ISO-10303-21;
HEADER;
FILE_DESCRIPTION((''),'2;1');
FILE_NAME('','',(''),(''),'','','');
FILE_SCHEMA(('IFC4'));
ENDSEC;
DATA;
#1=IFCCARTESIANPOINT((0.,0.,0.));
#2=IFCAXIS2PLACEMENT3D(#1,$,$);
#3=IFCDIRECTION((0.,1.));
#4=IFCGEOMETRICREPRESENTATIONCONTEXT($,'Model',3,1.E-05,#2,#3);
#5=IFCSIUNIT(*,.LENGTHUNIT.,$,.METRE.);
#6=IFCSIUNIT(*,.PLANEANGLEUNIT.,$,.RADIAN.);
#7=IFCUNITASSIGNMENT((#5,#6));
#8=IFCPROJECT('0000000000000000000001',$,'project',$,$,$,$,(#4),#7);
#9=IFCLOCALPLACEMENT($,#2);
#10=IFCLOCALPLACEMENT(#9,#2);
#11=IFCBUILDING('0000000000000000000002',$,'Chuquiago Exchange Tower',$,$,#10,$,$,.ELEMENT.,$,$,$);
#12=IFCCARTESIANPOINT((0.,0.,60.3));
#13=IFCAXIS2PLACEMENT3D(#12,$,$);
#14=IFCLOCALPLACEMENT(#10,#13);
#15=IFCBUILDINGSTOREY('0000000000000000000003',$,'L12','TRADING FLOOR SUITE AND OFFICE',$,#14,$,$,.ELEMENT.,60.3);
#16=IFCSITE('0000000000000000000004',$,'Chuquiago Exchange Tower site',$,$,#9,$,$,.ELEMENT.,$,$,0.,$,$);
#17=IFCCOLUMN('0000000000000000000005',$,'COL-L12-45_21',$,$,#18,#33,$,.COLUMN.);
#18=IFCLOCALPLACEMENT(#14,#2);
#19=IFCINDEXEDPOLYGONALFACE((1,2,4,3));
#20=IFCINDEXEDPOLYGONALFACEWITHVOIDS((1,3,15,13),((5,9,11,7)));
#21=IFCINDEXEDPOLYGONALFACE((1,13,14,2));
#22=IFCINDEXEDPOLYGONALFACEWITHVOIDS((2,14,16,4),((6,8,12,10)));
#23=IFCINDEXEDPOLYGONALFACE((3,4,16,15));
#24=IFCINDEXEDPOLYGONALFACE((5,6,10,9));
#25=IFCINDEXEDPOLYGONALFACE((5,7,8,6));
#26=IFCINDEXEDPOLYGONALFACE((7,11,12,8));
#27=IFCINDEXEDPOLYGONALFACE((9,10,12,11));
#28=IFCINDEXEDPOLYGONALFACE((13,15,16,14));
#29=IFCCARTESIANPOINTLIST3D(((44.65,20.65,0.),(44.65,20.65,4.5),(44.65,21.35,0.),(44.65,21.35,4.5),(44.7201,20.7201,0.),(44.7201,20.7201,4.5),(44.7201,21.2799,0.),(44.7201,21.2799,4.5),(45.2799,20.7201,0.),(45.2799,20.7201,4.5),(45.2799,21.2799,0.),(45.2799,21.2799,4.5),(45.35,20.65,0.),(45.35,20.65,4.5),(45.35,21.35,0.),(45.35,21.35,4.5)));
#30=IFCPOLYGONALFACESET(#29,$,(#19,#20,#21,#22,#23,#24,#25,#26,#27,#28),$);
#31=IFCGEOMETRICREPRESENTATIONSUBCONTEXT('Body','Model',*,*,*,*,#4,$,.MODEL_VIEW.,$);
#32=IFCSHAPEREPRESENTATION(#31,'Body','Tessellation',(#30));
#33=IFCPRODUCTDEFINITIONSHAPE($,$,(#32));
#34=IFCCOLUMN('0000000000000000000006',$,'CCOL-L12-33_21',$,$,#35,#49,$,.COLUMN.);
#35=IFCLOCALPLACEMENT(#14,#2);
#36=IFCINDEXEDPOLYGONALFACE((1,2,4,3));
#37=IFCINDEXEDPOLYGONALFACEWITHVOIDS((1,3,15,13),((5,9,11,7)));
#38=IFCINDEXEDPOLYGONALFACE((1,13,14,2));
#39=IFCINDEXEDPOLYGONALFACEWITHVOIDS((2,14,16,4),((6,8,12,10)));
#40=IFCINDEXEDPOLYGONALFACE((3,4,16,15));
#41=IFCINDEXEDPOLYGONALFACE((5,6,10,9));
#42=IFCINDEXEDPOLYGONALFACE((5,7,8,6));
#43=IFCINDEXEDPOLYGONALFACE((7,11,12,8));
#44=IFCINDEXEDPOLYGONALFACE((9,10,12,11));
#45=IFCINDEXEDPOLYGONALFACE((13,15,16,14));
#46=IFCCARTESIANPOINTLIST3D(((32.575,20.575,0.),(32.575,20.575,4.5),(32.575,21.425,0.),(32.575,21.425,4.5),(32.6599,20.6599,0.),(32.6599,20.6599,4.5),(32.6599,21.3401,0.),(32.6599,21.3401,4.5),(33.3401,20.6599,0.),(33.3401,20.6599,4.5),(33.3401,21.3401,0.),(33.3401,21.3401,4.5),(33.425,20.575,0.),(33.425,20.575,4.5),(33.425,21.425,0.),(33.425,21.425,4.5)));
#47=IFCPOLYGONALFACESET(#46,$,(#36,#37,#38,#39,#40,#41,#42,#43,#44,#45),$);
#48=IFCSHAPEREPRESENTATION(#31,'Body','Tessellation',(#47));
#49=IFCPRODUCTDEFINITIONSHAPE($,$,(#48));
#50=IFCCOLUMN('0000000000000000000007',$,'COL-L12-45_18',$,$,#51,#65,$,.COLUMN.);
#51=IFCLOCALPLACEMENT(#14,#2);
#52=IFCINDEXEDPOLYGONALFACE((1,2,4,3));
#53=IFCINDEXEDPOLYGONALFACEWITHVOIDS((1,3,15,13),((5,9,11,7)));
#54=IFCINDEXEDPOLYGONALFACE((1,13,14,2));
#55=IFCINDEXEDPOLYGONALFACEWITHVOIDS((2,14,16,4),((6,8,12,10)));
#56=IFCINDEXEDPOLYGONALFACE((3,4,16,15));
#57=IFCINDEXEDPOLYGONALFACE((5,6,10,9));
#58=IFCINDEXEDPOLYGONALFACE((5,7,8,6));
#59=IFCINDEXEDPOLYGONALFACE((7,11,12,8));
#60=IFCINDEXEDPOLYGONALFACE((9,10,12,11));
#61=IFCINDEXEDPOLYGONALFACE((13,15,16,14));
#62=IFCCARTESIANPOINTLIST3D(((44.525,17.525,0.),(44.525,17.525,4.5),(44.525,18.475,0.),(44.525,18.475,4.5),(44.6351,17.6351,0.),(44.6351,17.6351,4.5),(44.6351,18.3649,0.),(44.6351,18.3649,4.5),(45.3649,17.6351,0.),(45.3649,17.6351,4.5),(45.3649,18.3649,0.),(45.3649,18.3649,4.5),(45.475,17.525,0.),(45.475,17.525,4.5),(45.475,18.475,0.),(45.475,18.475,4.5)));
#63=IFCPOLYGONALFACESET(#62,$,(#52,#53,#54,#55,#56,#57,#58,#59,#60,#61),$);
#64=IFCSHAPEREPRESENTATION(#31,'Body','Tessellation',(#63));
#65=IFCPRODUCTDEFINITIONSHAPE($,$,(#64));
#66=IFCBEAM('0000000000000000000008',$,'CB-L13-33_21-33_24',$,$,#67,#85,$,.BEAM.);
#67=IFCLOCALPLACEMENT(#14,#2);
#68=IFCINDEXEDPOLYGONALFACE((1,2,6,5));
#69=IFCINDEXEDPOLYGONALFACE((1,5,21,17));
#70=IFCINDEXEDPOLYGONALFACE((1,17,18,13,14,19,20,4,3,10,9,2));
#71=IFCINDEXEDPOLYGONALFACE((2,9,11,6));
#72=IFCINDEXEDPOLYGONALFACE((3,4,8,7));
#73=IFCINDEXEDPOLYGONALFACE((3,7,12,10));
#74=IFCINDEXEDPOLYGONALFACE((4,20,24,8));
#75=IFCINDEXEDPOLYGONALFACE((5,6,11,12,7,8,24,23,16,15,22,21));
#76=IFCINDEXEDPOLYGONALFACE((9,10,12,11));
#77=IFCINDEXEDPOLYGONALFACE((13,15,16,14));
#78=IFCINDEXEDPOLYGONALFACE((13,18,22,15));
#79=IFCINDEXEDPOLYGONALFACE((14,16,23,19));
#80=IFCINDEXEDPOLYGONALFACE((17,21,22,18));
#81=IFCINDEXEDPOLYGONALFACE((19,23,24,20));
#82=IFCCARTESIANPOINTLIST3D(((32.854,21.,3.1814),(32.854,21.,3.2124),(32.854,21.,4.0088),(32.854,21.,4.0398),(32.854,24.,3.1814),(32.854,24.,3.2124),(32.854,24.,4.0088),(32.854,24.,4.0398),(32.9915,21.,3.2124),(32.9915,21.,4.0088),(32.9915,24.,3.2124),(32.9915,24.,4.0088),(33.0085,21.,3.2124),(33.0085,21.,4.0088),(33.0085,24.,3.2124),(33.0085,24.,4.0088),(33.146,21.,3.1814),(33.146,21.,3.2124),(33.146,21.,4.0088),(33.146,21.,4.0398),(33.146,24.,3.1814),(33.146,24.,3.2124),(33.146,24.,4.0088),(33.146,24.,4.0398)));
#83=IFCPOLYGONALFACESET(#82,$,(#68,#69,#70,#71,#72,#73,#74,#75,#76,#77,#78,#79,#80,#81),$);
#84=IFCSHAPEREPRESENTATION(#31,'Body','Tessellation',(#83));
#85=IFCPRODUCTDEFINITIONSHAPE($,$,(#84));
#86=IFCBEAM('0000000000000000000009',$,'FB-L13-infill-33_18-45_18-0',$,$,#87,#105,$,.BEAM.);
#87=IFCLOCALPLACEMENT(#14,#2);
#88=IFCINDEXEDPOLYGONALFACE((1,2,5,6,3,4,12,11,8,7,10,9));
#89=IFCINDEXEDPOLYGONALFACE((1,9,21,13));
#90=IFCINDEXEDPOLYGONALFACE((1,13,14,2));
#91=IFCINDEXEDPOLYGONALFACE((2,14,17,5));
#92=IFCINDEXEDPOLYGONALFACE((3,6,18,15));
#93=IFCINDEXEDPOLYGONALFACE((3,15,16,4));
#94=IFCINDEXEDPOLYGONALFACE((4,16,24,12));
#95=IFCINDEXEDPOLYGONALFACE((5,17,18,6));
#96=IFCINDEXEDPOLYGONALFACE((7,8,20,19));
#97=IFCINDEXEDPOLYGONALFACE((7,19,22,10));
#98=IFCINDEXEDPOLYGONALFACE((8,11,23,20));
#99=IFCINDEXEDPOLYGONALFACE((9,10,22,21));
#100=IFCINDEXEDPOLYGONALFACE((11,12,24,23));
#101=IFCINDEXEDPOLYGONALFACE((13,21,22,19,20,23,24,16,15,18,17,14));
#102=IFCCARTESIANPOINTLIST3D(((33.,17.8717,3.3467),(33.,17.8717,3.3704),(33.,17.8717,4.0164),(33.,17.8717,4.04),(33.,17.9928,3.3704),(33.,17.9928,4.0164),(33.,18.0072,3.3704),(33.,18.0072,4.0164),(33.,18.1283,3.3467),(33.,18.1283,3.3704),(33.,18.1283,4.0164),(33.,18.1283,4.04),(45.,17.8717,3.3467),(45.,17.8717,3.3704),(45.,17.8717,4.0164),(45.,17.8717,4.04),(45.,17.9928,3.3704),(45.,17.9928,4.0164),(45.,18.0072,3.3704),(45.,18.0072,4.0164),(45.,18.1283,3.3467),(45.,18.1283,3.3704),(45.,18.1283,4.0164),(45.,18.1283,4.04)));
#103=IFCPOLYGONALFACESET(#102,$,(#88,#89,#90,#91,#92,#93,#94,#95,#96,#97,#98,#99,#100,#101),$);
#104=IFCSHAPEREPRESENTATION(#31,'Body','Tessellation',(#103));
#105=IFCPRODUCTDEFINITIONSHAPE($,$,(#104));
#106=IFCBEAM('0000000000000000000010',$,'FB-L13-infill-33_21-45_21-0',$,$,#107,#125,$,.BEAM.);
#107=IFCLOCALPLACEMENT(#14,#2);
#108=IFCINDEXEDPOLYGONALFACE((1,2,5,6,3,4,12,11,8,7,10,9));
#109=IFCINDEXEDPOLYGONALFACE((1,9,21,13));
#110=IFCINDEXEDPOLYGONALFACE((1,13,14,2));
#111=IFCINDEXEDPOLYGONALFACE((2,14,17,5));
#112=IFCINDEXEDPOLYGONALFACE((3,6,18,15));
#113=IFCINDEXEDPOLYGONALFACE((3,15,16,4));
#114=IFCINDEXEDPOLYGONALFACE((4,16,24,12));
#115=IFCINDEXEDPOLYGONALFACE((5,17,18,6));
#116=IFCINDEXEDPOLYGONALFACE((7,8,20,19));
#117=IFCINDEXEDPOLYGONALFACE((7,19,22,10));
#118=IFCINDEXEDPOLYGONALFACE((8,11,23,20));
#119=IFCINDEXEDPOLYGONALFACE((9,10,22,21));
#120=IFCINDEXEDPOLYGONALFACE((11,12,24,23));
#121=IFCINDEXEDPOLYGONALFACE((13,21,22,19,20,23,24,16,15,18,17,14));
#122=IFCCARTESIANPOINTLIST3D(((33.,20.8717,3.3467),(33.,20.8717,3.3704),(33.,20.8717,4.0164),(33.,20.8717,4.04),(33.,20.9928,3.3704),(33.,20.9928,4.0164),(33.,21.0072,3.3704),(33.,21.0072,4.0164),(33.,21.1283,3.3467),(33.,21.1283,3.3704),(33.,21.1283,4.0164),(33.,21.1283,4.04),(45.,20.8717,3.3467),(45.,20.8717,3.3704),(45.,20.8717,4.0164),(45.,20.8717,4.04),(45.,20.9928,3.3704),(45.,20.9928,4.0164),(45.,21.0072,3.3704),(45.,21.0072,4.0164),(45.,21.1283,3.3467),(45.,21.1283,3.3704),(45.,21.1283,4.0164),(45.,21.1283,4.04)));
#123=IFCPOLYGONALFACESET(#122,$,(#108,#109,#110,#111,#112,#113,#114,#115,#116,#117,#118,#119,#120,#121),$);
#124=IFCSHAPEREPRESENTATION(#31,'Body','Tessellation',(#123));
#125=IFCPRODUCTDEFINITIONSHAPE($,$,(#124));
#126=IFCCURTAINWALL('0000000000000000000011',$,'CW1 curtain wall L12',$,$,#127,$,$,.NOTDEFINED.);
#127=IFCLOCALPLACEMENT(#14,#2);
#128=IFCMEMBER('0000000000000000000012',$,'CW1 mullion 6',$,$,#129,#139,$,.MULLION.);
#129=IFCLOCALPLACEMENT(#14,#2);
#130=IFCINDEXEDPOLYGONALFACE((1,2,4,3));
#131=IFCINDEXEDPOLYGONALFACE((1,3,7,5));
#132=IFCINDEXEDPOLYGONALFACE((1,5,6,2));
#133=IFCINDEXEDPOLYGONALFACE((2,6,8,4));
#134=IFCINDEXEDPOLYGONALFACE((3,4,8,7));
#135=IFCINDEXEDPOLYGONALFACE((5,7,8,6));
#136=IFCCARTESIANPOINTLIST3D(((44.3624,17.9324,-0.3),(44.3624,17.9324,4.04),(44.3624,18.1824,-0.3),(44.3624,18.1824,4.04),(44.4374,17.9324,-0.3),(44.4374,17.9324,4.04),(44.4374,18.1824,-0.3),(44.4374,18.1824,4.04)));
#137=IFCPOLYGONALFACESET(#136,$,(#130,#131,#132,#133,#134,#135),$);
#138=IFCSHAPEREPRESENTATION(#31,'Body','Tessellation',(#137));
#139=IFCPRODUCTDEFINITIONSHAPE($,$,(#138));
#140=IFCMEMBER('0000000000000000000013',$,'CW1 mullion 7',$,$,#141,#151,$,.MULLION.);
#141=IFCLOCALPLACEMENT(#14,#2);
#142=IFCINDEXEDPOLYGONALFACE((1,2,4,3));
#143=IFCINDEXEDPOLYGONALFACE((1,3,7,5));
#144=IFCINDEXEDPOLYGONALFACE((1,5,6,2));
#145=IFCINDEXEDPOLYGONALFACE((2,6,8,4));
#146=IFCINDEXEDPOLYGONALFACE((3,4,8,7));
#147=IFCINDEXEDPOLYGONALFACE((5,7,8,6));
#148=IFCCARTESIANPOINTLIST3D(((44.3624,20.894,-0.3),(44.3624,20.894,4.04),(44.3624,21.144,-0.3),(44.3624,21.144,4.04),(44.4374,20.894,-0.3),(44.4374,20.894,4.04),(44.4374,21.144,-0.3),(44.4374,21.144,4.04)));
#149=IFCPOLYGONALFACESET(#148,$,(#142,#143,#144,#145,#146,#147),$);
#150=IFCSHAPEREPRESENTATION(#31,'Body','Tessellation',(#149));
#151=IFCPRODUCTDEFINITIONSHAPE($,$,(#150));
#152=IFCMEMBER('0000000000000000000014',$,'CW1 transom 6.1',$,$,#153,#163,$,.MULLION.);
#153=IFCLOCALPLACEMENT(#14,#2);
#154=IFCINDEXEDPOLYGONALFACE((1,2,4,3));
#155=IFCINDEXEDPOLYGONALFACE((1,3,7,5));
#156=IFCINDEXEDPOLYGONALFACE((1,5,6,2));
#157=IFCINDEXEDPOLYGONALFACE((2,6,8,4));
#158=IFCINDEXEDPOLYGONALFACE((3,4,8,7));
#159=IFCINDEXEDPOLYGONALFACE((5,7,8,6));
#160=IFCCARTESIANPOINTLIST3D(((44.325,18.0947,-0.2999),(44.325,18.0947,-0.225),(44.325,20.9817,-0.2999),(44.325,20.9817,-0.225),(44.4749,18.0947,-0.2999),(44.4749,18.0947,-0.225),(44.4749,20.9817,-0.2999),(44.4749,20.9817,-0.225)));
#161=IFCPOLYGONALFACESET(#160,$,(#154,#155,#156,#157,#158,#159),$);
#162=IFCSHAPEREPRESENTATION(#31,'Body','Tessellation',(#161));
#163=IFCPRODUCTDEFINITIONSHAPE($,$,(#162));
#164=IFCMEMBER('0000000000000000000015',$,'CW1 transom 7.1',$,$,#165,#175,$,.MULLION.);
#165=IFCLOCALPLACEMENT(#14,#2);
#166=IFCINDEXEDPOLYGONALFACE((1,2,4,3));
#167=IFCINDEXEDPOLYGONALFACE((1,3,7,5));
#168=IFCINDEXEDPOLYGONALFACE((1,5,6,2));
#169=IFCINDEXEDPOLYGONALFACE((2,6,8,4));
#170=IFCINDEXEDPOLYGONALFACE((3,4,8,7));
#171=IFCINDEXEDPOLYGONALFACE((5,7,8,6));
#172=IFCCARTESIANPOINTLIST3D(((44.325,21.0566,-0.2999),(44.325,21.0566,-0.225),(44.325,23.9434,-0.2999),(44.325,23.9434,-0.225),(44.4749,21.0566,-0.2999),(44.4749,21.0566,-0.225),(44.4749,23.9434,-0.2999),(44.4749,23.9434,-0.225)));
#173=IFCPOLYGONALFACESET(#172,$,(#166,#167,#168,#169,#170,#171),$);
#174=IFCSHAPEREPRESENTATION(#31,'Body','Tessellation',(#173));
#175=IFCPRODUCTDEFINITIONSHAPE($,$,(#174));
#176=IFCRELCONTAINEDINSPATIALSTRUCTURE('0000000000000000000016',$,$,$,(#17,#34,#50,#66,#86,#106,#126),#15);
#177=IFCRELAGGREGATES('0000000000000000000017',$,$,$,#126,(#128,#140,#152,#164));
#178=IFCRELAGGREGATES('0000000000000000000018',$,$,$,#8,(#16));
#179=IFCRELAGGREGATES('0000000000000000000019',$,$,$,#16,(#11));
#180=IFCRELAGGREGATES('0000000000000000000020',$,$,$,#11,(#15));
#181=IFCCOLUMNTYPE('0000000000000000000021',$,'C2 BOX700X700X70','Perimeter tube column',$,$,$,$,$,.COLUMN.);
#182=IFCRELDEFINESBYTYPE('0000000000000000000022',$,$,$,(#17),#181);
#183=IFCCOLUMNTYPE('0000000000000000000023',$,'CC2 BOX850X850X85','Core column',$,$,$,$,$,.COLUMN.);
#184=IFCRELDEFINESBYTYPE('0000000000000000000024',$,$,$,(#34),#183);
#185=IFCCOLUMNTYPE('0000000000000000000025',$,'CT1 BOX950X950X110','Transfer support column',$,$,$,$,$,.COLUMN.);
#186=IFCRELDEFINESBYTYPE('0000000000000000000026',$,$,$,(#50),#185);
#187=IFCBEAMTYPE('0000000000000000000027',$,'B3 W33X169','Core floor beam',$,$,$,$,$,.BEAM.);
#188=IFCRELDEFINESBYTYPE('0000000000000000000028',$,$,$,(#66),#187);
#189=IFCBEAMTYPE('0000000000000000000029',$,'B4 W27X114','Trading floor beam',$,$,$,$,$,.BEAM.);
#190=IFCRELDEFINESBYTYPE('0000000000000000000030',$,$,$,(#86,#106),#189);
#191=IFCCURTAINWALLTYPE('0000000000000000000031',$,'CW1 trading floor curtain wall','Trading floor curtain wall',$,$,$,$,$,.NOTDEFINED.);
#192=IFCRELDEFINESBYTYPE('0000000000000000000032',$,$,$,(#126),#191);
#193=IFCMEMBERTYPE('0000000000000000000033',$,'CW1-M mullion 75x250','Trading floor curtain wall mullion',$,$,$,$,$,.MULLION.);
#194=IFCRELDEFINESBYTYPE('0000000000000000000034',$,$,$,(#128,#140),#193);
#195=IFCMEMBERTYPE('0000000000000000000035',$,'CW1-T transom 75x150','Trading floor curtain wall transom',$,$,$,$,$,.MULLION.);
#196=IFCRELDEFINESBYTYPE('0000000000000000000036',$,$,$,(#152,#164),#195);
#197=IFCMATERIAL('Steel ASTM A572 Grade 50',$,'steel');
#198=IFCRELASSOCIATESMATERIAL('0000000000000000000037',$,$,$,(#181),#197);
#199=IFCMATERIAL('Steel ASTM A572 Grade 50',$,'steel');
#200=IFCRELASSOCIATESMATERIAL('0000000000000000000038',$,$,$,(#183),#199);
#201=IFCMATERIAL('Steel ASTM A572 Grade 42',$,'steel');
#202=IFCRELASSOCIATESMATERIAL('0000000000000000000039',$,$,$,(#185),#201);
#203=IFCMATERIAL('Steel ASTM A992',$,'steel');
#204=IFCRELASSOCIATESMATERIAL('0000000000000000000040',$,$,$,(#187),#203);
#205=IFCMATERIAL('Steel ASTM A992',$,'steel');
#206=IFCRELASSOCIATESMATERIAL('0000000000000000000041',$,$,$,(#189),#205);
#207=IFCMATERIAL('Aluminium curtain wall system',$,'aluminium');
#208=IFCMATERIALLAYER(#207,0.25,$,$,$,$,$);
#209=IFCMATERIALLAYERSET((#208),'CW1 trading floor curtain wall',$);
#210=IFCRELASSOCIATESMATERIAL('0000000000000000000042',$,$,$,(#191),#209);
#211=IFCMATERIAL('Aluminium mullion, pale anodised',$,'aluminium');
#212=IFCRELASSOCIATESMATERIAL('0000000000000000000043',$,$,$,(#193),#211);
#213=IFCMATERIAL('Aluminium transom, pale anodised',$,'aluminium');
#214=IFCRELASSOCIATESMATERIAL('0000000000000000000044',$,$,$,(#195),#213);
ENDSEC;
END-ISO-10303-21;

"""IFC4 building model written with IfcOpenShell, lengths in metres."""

from ifc_helpers import new_model, si_unit, direction, frame, origin, origin_2d, place, context, subcontext, project, spatial, rectangle, hollow_rectangle, i_section, extrude, material, layer, layer_set, material_profile, profile_set, type_object, element, aggregate, save


model = new_model("IFC4")

# Units and contexts
model_context = context("Model", 3, precision=1e-05, world=origin(), true_north=direction((0.0, 1.0)))
body_context = subcontext(model_context, "Body", "Model", "MODEL_VIEW")
ifc_project = project(units=[si_unit("LENGTHUNIT", "METRE"), si_unit("PLANEANGLEUNIT", "RADIAN")], contexts=[model_context])

# Site, building, storey
site_placement = place(None, origin())
site = spatial("IfcSite", under=ifc_project, at=site_placement, Name="Chuquiago Exchange Tower site", CompositionType="ELEMENT", RefElevation=0.0)
building_placement = place(site_placement, origin())
building = spatial("IfcBuilding", under=site, at=building_placement, Name="Chuquiago Exchange Tower", CompositionType="ELEMENT")
storey_placement = place(building_placement, frame((0.0, 0.0, 60.3)))
storey = spatial("IfcBuildingStorey", under=building, at=storey_placement, Name="L12", Description="TRADING FLOOR SUITE AND OFFICE", CompositionType="ELEMENT", Elevation=60.3)

# Columns
ifc_material_1 = material(Name="Steel ASTM A572 Grade 50", Category="steel")
ifc_material_profile_1 = material_profile(ifc_material_1, hollow_rectangle(XDim=0.7, YDim=0.7, WallThickness=0.0701, at=origin_2d()), Name="BOX700X700X70")
ifc_profile_set_1 = profile_set([ifc_material_profile_1], Name="Steel ASTM A572 Grade 50")
column_type_1 = type_object("IfcColumnType", Name="C2 BOX700X700X70", Description="Perimeter tube column", PredefinedType="COLUMN", material=ifc_profile_set_1)
column_1_placement = place(storey_placement, frame((45.0, 21.0, 0.0), z_axis=(0.0, 0.0, 1.0), x_axis=(1.0, 0.0, 0.0)))
element("IfcColumn", 1, at=column_1_placement, inside=storey, type_object=column_type_1, Name="COL-L12-45_21", PredefinedType="COLUMN", context=body_context, shape_type="SweptSolid", body=[
    extrude(hollow_rectangle(XDim=0.7, YDim=0.7, WallThickness=0.0701, at=origin_2d()), origin(), (0.0, 0.0, 1.0), 4.5),
])
ifc_material_2 = material(Name="Steel ASTM A572 Grade 50", Category="steel")
ifc_material_profile_2 = material_profile(ifc_material_2, hollow_rectangle(XDim=0.8501, YDim=0.8501, WallThickness=0.085, at=origin_2d()), Name="BOX850X850X85")
ifc_profile_set_2 = profile_set([ifc_material_profile_2], Name="Steel ASTM A572 Grade 50")
column_type_2 = type_object("IfcColumnType", Name="CC2 BOX850X850X85", Description="Core column", PredefinedType="COLUMN", material=ifc_profile_set_2)
column_2_placement = place(storey_placement, frame((33.0, 21.0, 0.0), z_axis=(0.0, 0.0, 1.0), x_axis=(1.0, 0.0, 0.0)))
element("IfcColumn", 2, at=column_2_placement, inside=storey, type_object=column_type_2, Name="CCOL-L12-33_21", PredefinedType="COLUMN", context=body_context, shape_type="SweptSolid", body=[
    extrude(hollow_rectangle(XDim=0.8501, YDim=0.8501, WallThickness=0.085, at=origin_2d()), origin(), (0.0, 0.0, 1.0), 4.5),
])
ifc_material_3 = material(Name="Steel ASTM A572 Grade 42", Category="steel")
ifc_material_profile_3 = material_profile(ifc_material_3, hollow_rectangle(XDim=0.95, YDim=0.95, WallThickness=0.1101, at=origin_2d()), Name="BOX950X950X110")
ifc_profile_set_3 = profile_set([ifc_material_profile_3], Name="Steel ASTM A572 Grade 42")
column_type_3 = type_object("IfcColumnType", Name="CT1 BOX950X950X110", Description="Transfer support column", PredefinedType="COLUMN", material=ifc_profile_set_3)
column_3_placement = place(storey_placement, frame((45.0, 18.0, 0.0), z_axis=(0.0, 0.0, 1.0), x_axis=(1.0, 0.0, 0.0)))
element("IfcColumn", 3, at=column_3_placement, inside=storey, type_object=column_type_3, Name="COL-L12-45_18", PredefinedType="COLUMN", context=body_context, shape_type="SweptSolid", body=[
    extrude(hollow_rectangle(XDim=0.95, YDim=0.95, WallThickness=0.1101, at=origin_2d()), origin(), (0.0, 0.0, 1.0), 4.5),
])

# Beams
ifc_material_4 = material(Name="Steel ASTM A992", Category="steel")
ifc_material_profile_4 = material_profile(ifc_material_4, i_section(OverallWidth=0.292, OverallDepth=0.8584, WebThickness=0.0171, FlangeThickness=0.031, at=origin_2d()), Name="W33X169")
ifc_profile_set_4 = profile_set([ifc_material_profile_4], Name="Steel ASTM A992")
beam_type_1 = type_object("IfcBeamType", Name="B3 W33X169", Description="Core floor beam", PredefinedType="BEAM", material=ifc_profile_set_4)
beam_placement = place(storey_placement, frame((33.0, 21.0, 3.6106), z_axis=(0.0, 1.0, 0.0), x_axis=(-1.0, 0.0, 0.0)))
element("IfcBeam", 4, at=beam_placement, inside=storey, type_object=beam_type_1, Name="CB-L13-33_21-33_24", PredefinedType="BEAM", context=body_context, shape_type="SweptSolid", body=[
    extrude(i_section(OverallWidth=0.292, OverallDepth=0.8584, WebThickness=0.0171, FlangeThickness=0.031, at=origin_2d()), origin(), (0.0, 0.0, 1.0), 3.0),
])
ifc_material_5 = material(Name="Steel ASTM A992", Category="steel")
ifc_material_profile_5 = material_profile(ifc_material_5, i_section(OverallWidth=0.2566, OverallDepth=0.6934, WebThickness=0.0144, FlangeThickness=0.0237, at=origin_2d()), Name="W27X114")
ifc_profile_set_5 = profile_set([ifc_material_profile_5], Name="Steel ASTM A992")
beam_type_2 = type_object("IfcBeamType", Name="B4 W27X114", Description="Trading floor beam", PredefinedType="BEAM", material=ifc_profile_set_5)
for number, where, z_axis, x_axis, name in (
    (5, (33.0, 18.0, 3.6934), (1.0, 0.0, 0.0), (0.0, 1.0, 0.0), "FB-L13-infill-33_18-45_18-0"),
    (6, (33.0, 21.0, 3.6934), (1.0, 0.0, 0.0), (0.0, 1.0, 0.0), "FB-L13-infill-33_21-45_21-0"),
):
    element("IfcBeam", number, at=place(storey_placement, frame(where, z_axis=z_axis, x_axis=x_axis)), inside=storey, type_object=beam_type_2, Name=name, PredefinedType="BEAM", context=body_context, shape_type="SweptSolid", body=[
        extrude(i_section(OverallWidth=0.2566, OverallDepth=0.6934, WebThickness=0.0144, FlangeThickness=0.0237, at=origin_2d()), origin(), (0.0, 0.0, 1.0), 12.0),
    ])

# Curtain wall, members
ifc_material_6 = material(Name="Aluminium curtain wall system", Category="aluminium")
ifc_layer_1 = layer(ifc_material_6, 0.25)
ifc_layer_set_1 = layer_set([ifc_layer_1], Name="CW1 trading floor curtain wall")
curtain_wall_type = type_object("IfcCurtainWallType", Name="CW1 trading floor curtain wall", Description="Trading floor curtain wall", PredefinedType="NOTDEFINED", material=ifc_layer_set_1)
curtain_wall_placement = place(storey_placement, origin())
curtain_wall = element("IfcCurtainWall", 7, at=curtain_wall_placement, inside=storey, type_object=curtain_wall_type, Name="CW1 curtain wall L12", PredefinedType="NOTDEFINED")
ifc_material_7 = material(Name="Aluminium mullion, pale anodised", Category="aluminium")
ifc_material_profile_6 = material_profile(ifc_material_7, rectangle(XDim=0.075, YDim=0.25, at=origin_2d()), Name="AL 75x250")
ifc_profile_set_6 = profile_set([ifc_material_profile_6], Name="Aluminium mullion, pale anodised")
member_type_1 = type_object("IfcMemberType", Name="CW1-M mullion 75x250", Description="Trading floor curtain wall mullion", PredefinedType="MULLION", material=ifc_profile_set_6)
member_1_placement = place(storey_placement, frame((44.3999, 18.0574, -0.3), z_axis=(0.0, 0.0, 1.0), x_axis=(-1.0, 0.0, 0.0)))
member_1 = element("IfcMember", 8, at=member_1_placement, type_object=member_type_1, Name="CW1 mullion 6", PredefinedType="MULLION", context=body_context, shape_type="SweptSolid", body=[
    extrude(rectangle(XDim=0.075, YDim=0.25, at=origin_2d()), origin(), (0.0, 0.0, 1.0), 4.3401),
])
member_2_placement = place(storey_placement, frame((44.3999, 21.019, -0.3), z_axis=(0.0, 0.0, 1.0), x_axis=(-1.0, 0.0, 0.0)))
member_2 = element("IfcMember", 9, at=member_2_placement, type_object=member_type_1, Name="CW1 mullion 7", PredefinedType="MULLION", context=body_context, shape_type="SweptSolid", body=[
    extrude(rectangle(XDim=0.075, YDim=0.25, at=origin_2d()), origin(), (0.0, 0.0, 1.0), 4.3401),
])
ifc_material_8 = material(Name="Aluminium transom, pale anodised", Category="aluminium")
ifc_material_profile_7 = material_profile(ifc_material_8, rectangle(XDim=0.1499, YDim=0.075, at=origin_2d()), Name="AL 150x75")
ifc_profile_set_7 = profile_set([ifc_material_profile_7], Name="Aluminium transom, pale anodised")
member_type_2 = type_object("IfcMemberType", Name="CW1-T transom 75x150", Description="Trading floor curtain wall transom", PredefinedType="MULLION", material=ifc_profile_set_7)
member_3_placement = place(storey_placement, frame((44.3999, 18.0947, -0.2625), z_axis=(0.0, 1.0, 0.0), x_axis=(-1.0, 0.0, 0.0)))
member_3 = element("IfcMember", 10, at=member_3_placement, type_object=member_type_2, Name="CW1 transom 6.1", PredefinedType="MULLION", context=body_context, shape_type="SweptSolid", body=[
    extrude(rectangle(XDim=0.1499, YDim=0.075, at=origin_2d()), origin(), (0.0, 0.0, 1.0), 2.887),
])
member_4_placement = place(storey_placement, frame((44.3999, 21.0566, -0.2625), z_axis=(0.0, 1.0, 0.0), x_axis=(-1.0, 0.0, 0.0)))
member_4 = element("IfcMember", 11, at=member_4_placement, type_object=member_type_2, Name="CW1 transom 7.1", PredefinedType="MULLION", context=body_context, shape_type="SweptSolid", body=[
    extrude(rectangle(XDim=0.1499, YDim=0.075, at=origin_2d()), origin(), (0.0, 0.0, 1.0), 2.8867),
])

aggregate(curtain_wall, [member_1, member_2, member_3, member_4])

save(model, "model.ifc")
